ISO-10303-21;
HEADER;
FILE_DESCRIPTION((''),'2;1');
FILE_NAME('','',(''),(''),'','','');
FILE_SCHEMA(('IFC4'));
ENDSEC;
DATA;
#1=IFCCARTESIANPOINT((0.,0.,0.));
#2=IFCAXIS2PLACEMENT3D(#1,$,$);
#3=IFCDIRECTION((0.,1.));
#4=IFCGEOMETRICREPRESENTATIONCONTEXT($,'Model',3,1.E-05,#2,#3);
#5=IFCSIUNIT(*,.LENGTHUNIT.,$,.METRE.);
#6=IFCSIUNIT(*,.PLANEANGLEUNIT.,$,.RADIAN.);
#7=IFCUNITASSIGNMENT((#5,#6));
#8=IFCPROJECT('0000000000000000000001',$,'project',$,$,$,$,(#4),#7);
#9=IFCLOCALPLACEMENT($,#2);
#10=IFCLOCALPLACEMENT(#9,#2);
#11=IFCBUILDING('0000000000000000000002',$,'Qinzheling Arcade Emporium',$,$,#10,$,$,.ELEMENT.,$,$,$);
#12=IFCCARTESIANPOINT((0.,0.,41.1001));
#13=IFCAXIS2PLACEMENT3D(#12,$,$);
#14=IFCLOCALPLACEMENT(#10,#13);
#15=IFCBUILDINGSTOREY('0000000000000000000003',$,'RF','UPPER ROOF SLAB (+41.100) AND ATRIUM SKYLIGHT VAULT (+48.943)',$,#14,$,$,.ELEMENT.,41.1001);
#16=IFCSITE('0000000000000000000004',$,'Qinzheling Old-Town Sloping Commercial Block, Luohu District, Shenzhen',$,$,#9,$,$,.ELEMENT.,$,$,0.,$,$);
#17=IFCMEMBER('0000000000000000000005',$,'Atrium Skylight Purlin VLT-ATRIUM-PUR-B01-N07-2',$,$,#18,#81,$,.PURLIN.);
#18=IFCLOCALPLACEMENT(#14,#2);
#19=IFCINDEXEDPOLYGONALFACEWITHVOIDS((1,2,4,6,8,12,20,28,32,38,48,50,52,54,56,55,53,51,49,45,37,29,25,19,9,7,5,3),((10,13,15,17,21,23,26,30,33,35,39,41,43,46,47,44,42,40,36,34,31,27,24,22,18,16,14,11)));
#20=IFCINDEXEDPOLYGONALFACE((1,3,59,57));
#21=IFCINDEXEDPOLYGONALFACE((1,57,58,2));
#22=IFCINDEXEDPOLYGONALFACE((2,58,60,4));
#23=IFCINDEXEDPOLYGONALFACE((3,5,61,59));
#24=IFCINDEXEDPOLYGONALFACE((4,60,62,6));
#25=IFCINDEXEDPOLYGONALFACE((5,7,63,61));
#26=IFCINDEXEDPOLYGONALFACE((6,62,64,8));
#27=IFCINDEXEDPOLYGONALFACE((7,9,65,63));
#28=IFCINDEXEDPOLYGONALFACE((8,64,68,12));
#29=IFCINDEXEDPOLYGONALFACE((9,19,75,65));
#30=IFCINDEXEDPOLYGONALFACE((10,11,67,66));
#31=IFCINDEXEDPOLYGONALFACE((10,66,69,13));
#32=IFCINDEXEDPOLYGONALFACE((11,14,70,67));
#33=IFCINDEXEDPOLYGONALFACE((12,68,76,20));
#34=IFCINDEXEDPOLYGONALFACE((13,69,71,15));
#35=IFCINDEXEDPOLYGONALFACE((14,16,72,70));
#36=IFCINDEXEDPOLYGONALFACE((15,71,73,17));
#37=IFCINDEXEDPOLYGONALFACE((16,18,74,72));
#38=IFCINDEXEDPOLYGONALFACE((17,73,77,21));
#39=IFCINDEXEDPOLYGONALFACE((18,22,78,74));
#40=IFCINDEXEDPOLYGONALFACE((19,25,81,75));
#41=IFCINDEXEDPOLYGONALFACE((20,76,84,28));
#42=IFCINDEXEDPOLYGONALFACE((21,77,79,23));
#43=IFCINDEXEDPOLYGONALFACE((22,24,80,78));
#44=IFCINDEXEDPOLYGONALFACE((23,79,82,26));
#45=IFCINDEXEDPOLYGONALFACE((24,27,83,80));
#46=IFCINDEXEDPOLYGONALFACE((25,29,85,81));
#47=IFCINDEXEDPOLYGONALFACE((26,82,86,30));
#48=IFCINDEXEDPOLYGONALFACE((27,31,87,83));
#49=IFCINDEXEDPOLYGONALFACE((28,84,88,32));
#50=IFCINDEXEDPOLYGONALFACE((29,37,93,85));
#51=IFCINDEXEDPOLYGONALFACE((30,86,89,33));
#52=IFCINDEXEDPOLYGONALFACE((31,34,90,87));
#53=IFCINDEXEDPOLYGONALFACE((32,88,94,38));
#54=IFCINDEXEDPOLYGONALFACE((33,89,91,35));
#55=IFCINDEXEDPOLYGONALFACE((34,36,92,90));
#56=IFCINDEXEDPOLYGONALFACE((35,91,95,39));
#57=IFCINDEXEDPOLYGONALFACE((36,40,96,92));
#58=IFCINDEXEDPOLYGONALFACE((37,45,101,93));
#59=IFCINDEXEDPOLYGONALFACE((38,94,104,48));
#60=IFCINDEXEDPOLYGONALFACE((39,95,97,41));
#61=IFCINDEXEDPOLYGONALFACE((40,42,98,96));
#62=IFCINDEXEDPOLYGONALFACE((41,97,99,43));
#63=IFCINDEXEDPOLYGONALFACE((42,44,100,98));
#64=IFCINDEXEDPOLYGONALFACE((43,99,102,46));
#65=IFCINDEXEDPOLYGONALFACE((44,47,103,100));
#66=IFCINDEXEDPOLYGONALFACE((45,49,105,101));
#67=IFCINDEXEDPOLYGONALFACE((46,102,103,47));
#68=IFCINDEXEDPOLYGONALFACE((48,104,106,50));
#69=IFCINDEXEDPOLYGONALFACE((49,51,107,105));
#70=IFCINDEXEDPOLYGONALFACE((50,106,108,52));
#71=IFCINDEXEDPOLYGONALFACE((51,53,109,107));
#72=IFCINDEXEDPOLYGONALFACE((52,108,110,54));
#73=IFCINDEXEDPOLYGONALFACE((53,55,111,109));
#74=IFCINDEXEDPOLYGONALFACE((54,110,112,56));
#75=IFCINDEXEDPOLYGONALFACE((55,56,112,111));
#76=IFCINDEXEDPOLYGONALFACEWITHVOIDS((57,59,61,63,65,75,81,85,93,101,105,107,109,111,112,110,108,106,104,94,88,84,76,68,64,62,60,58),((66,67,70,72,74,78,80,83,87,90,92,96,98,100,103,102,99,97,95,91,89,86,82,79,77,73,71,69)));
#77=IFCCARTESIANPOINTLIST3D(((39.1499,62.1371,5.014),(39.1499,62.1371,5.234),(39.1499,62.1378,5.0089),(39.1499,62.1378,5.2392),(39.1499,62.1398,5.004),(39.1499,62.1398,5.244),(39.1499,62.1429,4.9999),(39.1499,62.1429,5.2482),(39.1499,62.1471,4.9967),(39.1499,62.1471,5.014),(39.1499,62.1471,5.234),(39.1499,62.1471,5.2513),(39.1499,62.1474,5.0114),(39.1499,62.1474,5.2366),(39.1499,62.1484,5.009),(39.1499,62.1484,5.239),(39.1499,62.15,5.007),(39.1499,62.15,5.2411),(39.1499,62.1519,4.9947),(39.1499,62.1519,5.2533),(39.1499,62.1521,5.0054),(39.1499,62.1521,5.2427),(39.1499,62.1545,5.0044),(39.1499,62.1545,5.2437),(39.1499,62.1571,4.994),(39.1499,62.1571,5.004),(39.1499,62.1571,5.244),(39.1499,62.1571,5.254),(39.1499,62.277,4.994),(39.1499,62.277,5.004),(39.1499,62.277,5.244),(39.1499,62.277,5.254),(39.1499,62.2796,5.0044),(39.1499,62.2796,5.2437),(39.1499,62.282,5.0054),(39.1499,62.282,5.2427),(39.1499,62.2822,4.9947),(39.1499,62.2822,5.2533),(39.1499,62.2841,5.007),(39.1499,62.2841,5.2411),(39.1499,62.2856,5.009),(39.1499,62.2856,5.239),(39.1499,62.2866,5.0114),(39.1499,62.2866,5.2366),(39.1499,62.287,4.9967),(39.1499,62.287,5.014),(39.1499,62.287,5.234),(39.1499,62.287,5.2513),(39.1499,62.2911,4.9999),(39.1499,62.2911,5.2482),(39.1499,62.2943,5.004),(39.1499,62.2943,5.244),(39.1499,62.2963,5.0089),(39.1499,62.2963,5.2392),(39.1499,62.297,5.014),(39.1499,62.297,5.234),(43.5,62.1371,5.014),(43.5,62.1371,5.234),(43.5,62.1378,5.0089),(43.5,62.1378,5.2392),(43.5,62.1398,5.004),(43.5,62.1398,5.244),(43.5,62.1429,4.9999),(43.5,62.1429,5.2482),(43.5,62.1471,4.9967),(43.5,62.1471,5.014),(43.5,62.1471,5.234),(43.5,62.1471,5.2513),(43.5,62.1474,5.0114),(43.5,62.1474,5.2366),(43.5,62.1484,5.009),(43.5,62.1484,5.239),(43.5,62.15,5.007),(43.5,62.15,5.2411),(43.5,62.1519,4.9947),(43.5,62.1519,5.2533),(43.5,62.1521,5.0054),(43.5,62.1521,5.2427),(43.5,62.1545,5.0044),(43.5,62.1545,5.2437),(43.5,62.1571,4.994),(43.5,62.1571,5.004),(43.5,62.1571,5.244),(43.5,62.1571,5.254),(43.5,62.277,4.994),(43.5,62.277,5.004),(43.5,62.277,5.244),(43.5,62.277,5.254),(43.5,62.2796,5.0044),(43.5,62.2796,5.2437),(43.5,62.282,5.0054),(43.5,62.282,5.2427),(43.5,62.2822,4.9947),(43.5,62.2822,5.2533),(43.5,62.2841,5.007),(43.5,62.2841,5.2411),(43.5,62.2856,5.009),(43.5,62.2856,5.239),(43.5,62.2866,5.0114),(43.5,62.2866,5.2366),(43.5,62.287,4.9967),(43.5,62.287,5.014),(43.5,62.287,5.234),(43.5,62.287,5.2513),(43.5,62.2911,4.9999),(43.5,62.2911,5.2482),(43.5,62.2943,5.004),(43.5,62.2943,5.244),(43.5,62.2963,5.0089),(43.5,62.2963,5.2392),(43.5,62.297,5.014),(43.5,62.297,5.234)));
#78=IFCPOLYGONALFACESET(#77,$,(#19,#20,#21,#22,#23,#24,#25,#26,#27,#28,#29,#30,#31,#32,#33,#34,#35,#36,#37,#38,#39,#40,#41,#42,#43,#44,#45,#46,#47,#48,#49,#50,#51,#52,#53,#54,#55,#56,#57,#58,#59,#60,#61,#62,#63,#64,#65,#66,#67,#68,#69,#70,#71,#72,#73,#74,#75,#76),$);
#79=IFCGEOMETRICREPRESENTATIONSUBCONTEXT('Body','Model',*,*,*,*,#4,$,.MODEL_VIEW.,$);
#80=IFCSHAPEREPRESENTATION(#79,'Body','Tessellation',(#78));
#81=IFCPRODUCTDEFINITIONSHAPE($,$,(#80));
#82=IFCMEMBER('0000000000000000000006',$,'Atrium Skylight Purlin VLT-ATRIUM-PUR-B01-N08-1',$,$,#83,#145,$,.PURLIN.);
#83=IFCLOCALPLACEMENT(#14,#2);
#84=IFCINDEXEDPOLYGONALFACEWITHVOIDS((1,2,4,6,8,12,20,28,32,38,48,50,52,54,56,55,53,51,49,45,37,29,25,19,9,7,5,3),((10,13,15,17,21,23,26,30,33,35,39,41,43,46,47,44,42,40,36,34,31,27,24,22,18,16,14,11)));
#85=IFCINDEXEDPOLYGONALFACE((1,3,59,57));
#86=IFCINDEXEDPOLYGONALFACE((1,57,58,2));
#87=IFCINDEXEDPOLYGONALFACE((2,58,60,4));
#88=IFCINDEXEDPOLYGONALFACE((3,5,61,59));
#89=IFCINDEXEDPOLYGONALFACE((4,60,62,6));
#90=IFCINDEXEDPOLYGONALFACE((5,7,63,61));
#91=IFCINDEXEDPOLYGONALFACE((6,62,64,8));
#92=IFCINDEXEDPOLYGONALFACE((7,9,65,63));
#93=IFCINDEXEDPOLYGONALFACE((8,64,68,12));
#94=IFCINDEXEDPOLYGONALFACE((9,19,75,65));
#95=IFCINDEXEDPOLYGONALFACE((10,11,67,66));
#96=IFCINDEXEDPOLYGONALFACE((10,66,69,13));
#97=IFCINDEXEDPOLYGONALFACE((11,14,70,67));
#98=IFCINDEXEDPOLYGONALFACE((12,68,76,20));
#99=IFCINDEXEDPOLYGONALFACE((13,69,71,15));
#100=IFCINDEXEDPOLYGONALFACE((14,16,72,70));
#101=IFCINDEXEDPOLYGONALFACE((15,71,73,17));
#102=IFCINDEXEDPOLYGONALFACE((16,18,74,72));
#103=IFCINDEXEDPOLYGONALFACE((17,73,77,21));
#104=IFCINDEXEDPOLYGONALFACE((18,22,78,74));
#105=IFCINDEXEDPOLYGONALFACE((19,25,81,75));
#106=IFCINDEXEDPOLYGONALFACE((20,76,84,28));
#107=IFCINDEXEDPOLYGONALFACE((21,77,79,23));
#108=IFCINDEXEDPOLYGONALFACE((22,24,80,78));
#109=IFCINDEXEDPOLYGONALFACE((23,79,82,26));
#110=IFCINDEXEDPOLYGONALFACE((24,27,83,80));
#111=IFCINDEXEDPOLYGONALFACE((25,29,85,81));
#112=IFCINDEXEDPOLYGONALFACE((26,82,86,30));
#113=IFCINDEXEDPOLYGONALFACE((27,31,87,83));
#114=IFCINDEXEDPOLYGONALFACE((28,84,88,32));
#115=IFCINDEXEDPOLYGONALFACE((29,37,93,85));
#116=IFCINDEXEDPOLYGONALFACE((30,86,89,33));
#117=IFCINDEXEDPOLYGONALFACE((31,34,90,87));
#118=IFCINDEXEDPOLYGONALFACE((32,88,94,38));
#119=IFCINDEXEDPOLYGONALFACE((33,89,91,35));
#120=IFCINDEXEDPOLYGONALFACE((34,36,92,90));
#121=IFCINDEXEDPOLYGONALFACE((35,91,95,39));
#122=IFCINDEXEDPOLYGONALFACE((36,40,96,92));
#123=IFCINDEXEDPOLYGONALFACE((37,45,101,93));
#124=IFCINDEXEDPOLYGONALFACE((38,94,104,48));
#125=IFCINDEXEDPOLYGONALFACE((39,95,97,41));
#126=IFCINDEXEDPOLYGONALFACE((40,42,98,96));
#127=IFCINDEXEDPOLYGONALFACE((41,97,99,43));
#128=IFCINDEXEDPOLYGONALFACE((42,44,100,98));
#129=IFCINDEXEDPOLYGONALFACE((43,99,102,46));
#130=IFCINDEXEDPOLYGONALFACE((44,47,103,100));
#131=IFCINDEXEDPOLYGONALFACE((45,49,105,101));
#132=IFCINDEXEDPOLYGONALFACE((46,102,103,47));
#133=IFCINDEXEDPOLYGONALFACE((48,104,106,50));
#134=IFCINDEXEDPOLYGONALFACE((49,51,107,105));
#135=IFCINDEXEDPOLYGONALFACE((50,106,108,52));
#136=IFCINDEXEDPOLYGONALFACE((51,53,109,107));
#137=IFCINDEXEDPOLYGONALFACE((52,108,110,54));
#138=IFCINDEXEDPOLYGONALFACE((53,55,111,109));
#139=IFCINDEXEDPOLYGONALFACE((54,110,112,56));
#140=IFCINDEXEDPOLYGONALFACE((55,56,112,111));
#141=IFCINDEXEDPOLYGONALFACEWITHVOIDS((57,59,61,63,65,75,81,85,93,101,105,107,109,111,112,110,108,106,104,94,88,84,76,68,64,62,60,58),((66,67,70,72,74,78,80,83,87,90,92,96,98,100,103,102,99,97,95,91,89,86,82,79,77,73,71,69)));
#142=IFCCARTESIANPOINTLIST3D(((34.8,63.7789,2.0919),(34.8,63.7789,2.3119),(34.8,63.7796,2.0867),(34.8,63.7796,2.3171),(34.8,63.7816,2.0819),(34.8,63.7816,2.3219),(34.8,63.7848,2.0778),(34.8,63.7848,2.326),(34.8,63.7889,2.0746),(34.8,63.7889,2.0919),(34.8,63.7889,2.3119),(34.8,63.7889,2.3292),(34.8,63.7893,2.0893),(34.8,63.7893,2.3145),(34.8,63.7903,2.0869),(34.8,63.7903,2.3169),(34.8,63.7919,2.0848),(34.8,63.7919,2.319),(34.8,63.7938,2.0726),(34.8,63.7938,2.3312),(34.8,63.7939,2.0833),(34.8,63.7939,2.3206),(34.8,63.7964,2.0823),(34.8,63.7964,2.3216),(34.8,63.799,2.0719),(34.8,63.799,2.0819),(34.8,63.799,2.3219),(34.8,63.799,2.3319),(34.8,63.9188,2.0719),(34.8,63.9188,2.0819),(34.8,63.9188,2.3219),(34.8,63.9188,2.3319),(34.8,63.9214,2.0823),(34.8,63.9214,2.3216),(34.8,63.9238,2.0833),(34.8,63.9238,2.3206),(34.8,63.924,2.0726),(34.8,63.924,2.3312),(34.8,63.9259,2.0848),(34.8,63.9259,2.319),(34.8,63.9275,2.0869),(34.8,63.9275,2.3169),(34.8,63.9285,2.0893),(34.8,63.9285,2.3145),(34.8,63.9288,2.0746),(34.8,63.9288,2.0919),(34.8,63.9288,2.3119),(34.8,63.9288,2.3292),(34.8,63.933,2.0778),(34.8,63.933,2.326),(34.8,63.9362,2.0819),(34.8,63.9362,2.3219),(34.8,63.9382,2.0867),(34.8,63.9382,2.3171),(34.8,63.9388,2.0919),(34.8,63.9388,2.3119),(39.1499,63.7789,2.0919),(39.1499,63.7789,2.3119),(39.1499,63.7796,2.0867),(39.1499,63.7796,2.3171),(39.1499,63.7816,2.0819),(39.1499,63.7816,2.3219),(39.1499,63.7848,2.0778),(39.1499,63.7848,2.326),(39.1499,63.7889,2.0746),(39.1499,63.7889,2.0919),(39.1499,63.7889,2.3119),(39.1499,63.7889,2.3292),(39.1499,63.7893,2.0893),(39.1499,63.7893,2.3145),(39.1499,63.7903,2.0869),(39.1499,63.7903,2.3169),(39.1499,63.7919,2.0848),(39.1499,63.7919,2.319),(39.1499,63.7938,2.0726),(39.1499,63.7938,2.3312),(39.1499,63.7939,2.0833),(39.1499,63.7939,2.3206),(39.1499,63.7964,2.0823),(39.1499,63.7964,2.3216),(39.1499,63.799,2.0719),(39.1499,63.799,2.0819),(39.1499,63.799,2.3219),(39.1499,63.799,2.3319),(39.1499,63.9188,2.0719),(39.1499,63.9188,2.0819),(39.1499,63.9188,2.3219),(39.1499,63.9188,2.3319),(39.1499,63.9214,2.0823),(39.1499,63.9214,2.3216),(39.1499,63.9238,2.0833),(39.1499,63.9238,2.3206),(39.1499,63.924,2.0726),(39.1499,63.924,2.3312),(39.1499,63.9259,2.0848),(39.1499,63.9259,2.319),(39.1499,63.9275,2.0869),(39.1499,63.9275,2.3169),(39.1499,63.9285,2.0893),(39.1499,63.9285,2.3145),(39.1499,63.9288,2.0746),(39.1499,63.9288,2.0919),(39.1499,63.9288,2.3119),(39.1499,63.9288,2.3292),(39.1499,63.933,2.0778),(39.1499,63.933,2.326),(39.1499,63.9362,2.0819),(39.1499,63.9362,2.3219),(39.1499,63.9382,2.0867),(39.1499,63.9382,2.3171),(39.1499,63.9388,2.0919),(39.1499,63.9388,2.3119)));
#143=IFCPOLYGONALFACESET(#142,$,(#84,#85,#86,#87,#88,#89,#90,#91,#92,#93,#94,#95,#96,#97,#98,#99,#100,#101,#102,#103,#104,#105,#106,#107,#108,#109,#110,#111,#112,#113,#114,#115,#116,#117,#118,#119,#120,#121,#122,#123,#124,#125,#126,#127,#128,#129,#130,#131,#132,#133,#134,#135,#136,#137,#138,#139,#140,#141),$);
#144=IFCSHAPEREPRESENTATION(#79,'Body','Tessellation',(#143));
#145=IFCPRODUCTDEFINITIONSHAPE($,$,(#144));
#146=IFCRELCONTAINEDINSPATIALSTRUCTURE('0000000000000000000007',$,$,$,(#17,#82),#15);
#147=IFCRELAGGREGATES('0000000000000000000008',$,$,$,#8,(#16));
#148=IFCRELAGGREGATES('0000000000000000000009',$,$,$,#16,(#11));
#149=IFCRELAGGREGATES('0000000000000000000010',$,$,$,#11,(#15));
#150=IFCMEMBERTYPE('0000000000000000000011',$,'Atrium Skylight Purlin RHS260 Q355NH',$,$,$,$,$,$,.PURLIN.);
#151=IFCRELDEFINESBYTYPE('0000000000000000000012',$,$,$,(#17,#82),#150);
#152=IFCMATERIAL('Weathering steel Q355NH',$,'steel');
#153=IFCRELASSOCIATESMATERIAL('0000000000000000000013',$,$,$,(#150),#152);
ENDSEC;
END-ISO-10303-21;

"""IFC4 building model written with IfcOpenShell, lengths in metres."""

from ifc_helpers import new_model, si_unit, direction, frame, origin, origin_2d, place, context, subcontext, project, spatial, hollow_rectangle, extrude, material, material_profile, profile_set, type_object, element, save


model = new_model("IFC4")

# Units and contexts
model_context = context("Model", 3, precision=1e-05, world=origin(), true_north=direction((0.0, 1.0)))
body_context = subcontext(model_context, "Body", "Model", "MODEL_VIEW")
ifc_project = project(units=[si_unit("LENGTHUNIT", "METRE"), si_unit("PLANEANGLEUNIT", "RADIAN")], contexts=[model_context])

# Site, building, storey
site_placement = place(None, origin())
site = spatial("IfcSite", under=ifc_project, at=site_placement, Name="Qinzheling Old-Town Sloping Commercial Block, Luohu District, Shenzhen", CompositionType="ELEMENT", RefElevation=0.0)
building_placement = place(site_placement, origin())
building = spatial("IfcBuilding", under=site, at=building_placement, Name="Qinzheling Arcade Emporium", CompositionType="ELEMENT")
storey_placement = place(building_placement, frame((0.0, 0.0, 41.1001)))
storey = spatial("IfcBuildingStorey", under=building, at=storey_placement, Name="RF", Description="UPPER ROOF SLAB (+41.100) AND ATRIUM SKYLIGHT VAULT (+48.943)", CompositionType="ELEMENT", Elevation=41.1001)

# Shared definitions
ifc_material_1 = material(Name="Weathering steel Q355NH", Category="steel")

# Members
ifc_material_profile_1 = material_profile(ifc_material_1, hollow_rectangle(XDim=0.1599, YDim=0.26, WallThickness=0.01, InnerFilletRadius=0.01, OuterFilletRadius=0.02, at=origin_2d()), Name="RHS 260x160x10", Category="steel")
ifc_profile_set_1 = profile_set([ifc_material_profile_1], Name="Weathering steel Q355NH")
member_type = type_object("IfcMemberType", Name="Atrium Skylight Purlin RHS260 Q355NH", PredefinedType="PURLIN", material=ifc_profile_set_1)
member_1_placement = place(storey_placement, frame((39.1499, 62.217, 5.124), z_axis=(1.0, 0.0, 0.0), x_axis=(0.0, 1.0, 0.0)))
element("IfcMember", 1, at=member_1_placement, inside=storey, type_object=member_type, Name="Atrium Skylight Purlin VLT-ATRIUM-PUR-B01-N07-2", PredefinedType="PURLIN", context=body_context, shape_type="SweptSolid", body=[
    extrude(hollow_rectangle(XDim=0.1599, YDim=0.26, WallThickness=0.01, InnerFilletRadius=0.01, OuterFilletRadius=0.02, at=origin_2d()), origin(), (0.0, 0.0, 1.0), 4.3501),
])
for number, where, z_axis, x_axis, name in (
    (2, (34.8, 63.8589, 2.2019), (1.0, 0.0, 0.0), (0.0, 1.0, 0.0), "Atrium Skylight Purlin VLT-ATRIUM-PUR-B01-N08-1"),
):
    element("IfcMember", number, at=place(storey_placement, frame(where, z_axis=z_axis, x_axis=x_axis)), inside=storey, type_object=member_type, Name=name, PredefinedType="PURLIN", context=body_context, shape_type="SweptSolid", body=[
        extrude(hollow_rectangle(XDim=0.1599, YDim=0.26, WallThickness=0.01, InnerFilletRadius=0.01, OuterFilletRadius=0.02, at=origin_2d()), origin(), (0.0, 0.0, 1.0), 4.3499),
    ])

save(model, "model.ifc")
